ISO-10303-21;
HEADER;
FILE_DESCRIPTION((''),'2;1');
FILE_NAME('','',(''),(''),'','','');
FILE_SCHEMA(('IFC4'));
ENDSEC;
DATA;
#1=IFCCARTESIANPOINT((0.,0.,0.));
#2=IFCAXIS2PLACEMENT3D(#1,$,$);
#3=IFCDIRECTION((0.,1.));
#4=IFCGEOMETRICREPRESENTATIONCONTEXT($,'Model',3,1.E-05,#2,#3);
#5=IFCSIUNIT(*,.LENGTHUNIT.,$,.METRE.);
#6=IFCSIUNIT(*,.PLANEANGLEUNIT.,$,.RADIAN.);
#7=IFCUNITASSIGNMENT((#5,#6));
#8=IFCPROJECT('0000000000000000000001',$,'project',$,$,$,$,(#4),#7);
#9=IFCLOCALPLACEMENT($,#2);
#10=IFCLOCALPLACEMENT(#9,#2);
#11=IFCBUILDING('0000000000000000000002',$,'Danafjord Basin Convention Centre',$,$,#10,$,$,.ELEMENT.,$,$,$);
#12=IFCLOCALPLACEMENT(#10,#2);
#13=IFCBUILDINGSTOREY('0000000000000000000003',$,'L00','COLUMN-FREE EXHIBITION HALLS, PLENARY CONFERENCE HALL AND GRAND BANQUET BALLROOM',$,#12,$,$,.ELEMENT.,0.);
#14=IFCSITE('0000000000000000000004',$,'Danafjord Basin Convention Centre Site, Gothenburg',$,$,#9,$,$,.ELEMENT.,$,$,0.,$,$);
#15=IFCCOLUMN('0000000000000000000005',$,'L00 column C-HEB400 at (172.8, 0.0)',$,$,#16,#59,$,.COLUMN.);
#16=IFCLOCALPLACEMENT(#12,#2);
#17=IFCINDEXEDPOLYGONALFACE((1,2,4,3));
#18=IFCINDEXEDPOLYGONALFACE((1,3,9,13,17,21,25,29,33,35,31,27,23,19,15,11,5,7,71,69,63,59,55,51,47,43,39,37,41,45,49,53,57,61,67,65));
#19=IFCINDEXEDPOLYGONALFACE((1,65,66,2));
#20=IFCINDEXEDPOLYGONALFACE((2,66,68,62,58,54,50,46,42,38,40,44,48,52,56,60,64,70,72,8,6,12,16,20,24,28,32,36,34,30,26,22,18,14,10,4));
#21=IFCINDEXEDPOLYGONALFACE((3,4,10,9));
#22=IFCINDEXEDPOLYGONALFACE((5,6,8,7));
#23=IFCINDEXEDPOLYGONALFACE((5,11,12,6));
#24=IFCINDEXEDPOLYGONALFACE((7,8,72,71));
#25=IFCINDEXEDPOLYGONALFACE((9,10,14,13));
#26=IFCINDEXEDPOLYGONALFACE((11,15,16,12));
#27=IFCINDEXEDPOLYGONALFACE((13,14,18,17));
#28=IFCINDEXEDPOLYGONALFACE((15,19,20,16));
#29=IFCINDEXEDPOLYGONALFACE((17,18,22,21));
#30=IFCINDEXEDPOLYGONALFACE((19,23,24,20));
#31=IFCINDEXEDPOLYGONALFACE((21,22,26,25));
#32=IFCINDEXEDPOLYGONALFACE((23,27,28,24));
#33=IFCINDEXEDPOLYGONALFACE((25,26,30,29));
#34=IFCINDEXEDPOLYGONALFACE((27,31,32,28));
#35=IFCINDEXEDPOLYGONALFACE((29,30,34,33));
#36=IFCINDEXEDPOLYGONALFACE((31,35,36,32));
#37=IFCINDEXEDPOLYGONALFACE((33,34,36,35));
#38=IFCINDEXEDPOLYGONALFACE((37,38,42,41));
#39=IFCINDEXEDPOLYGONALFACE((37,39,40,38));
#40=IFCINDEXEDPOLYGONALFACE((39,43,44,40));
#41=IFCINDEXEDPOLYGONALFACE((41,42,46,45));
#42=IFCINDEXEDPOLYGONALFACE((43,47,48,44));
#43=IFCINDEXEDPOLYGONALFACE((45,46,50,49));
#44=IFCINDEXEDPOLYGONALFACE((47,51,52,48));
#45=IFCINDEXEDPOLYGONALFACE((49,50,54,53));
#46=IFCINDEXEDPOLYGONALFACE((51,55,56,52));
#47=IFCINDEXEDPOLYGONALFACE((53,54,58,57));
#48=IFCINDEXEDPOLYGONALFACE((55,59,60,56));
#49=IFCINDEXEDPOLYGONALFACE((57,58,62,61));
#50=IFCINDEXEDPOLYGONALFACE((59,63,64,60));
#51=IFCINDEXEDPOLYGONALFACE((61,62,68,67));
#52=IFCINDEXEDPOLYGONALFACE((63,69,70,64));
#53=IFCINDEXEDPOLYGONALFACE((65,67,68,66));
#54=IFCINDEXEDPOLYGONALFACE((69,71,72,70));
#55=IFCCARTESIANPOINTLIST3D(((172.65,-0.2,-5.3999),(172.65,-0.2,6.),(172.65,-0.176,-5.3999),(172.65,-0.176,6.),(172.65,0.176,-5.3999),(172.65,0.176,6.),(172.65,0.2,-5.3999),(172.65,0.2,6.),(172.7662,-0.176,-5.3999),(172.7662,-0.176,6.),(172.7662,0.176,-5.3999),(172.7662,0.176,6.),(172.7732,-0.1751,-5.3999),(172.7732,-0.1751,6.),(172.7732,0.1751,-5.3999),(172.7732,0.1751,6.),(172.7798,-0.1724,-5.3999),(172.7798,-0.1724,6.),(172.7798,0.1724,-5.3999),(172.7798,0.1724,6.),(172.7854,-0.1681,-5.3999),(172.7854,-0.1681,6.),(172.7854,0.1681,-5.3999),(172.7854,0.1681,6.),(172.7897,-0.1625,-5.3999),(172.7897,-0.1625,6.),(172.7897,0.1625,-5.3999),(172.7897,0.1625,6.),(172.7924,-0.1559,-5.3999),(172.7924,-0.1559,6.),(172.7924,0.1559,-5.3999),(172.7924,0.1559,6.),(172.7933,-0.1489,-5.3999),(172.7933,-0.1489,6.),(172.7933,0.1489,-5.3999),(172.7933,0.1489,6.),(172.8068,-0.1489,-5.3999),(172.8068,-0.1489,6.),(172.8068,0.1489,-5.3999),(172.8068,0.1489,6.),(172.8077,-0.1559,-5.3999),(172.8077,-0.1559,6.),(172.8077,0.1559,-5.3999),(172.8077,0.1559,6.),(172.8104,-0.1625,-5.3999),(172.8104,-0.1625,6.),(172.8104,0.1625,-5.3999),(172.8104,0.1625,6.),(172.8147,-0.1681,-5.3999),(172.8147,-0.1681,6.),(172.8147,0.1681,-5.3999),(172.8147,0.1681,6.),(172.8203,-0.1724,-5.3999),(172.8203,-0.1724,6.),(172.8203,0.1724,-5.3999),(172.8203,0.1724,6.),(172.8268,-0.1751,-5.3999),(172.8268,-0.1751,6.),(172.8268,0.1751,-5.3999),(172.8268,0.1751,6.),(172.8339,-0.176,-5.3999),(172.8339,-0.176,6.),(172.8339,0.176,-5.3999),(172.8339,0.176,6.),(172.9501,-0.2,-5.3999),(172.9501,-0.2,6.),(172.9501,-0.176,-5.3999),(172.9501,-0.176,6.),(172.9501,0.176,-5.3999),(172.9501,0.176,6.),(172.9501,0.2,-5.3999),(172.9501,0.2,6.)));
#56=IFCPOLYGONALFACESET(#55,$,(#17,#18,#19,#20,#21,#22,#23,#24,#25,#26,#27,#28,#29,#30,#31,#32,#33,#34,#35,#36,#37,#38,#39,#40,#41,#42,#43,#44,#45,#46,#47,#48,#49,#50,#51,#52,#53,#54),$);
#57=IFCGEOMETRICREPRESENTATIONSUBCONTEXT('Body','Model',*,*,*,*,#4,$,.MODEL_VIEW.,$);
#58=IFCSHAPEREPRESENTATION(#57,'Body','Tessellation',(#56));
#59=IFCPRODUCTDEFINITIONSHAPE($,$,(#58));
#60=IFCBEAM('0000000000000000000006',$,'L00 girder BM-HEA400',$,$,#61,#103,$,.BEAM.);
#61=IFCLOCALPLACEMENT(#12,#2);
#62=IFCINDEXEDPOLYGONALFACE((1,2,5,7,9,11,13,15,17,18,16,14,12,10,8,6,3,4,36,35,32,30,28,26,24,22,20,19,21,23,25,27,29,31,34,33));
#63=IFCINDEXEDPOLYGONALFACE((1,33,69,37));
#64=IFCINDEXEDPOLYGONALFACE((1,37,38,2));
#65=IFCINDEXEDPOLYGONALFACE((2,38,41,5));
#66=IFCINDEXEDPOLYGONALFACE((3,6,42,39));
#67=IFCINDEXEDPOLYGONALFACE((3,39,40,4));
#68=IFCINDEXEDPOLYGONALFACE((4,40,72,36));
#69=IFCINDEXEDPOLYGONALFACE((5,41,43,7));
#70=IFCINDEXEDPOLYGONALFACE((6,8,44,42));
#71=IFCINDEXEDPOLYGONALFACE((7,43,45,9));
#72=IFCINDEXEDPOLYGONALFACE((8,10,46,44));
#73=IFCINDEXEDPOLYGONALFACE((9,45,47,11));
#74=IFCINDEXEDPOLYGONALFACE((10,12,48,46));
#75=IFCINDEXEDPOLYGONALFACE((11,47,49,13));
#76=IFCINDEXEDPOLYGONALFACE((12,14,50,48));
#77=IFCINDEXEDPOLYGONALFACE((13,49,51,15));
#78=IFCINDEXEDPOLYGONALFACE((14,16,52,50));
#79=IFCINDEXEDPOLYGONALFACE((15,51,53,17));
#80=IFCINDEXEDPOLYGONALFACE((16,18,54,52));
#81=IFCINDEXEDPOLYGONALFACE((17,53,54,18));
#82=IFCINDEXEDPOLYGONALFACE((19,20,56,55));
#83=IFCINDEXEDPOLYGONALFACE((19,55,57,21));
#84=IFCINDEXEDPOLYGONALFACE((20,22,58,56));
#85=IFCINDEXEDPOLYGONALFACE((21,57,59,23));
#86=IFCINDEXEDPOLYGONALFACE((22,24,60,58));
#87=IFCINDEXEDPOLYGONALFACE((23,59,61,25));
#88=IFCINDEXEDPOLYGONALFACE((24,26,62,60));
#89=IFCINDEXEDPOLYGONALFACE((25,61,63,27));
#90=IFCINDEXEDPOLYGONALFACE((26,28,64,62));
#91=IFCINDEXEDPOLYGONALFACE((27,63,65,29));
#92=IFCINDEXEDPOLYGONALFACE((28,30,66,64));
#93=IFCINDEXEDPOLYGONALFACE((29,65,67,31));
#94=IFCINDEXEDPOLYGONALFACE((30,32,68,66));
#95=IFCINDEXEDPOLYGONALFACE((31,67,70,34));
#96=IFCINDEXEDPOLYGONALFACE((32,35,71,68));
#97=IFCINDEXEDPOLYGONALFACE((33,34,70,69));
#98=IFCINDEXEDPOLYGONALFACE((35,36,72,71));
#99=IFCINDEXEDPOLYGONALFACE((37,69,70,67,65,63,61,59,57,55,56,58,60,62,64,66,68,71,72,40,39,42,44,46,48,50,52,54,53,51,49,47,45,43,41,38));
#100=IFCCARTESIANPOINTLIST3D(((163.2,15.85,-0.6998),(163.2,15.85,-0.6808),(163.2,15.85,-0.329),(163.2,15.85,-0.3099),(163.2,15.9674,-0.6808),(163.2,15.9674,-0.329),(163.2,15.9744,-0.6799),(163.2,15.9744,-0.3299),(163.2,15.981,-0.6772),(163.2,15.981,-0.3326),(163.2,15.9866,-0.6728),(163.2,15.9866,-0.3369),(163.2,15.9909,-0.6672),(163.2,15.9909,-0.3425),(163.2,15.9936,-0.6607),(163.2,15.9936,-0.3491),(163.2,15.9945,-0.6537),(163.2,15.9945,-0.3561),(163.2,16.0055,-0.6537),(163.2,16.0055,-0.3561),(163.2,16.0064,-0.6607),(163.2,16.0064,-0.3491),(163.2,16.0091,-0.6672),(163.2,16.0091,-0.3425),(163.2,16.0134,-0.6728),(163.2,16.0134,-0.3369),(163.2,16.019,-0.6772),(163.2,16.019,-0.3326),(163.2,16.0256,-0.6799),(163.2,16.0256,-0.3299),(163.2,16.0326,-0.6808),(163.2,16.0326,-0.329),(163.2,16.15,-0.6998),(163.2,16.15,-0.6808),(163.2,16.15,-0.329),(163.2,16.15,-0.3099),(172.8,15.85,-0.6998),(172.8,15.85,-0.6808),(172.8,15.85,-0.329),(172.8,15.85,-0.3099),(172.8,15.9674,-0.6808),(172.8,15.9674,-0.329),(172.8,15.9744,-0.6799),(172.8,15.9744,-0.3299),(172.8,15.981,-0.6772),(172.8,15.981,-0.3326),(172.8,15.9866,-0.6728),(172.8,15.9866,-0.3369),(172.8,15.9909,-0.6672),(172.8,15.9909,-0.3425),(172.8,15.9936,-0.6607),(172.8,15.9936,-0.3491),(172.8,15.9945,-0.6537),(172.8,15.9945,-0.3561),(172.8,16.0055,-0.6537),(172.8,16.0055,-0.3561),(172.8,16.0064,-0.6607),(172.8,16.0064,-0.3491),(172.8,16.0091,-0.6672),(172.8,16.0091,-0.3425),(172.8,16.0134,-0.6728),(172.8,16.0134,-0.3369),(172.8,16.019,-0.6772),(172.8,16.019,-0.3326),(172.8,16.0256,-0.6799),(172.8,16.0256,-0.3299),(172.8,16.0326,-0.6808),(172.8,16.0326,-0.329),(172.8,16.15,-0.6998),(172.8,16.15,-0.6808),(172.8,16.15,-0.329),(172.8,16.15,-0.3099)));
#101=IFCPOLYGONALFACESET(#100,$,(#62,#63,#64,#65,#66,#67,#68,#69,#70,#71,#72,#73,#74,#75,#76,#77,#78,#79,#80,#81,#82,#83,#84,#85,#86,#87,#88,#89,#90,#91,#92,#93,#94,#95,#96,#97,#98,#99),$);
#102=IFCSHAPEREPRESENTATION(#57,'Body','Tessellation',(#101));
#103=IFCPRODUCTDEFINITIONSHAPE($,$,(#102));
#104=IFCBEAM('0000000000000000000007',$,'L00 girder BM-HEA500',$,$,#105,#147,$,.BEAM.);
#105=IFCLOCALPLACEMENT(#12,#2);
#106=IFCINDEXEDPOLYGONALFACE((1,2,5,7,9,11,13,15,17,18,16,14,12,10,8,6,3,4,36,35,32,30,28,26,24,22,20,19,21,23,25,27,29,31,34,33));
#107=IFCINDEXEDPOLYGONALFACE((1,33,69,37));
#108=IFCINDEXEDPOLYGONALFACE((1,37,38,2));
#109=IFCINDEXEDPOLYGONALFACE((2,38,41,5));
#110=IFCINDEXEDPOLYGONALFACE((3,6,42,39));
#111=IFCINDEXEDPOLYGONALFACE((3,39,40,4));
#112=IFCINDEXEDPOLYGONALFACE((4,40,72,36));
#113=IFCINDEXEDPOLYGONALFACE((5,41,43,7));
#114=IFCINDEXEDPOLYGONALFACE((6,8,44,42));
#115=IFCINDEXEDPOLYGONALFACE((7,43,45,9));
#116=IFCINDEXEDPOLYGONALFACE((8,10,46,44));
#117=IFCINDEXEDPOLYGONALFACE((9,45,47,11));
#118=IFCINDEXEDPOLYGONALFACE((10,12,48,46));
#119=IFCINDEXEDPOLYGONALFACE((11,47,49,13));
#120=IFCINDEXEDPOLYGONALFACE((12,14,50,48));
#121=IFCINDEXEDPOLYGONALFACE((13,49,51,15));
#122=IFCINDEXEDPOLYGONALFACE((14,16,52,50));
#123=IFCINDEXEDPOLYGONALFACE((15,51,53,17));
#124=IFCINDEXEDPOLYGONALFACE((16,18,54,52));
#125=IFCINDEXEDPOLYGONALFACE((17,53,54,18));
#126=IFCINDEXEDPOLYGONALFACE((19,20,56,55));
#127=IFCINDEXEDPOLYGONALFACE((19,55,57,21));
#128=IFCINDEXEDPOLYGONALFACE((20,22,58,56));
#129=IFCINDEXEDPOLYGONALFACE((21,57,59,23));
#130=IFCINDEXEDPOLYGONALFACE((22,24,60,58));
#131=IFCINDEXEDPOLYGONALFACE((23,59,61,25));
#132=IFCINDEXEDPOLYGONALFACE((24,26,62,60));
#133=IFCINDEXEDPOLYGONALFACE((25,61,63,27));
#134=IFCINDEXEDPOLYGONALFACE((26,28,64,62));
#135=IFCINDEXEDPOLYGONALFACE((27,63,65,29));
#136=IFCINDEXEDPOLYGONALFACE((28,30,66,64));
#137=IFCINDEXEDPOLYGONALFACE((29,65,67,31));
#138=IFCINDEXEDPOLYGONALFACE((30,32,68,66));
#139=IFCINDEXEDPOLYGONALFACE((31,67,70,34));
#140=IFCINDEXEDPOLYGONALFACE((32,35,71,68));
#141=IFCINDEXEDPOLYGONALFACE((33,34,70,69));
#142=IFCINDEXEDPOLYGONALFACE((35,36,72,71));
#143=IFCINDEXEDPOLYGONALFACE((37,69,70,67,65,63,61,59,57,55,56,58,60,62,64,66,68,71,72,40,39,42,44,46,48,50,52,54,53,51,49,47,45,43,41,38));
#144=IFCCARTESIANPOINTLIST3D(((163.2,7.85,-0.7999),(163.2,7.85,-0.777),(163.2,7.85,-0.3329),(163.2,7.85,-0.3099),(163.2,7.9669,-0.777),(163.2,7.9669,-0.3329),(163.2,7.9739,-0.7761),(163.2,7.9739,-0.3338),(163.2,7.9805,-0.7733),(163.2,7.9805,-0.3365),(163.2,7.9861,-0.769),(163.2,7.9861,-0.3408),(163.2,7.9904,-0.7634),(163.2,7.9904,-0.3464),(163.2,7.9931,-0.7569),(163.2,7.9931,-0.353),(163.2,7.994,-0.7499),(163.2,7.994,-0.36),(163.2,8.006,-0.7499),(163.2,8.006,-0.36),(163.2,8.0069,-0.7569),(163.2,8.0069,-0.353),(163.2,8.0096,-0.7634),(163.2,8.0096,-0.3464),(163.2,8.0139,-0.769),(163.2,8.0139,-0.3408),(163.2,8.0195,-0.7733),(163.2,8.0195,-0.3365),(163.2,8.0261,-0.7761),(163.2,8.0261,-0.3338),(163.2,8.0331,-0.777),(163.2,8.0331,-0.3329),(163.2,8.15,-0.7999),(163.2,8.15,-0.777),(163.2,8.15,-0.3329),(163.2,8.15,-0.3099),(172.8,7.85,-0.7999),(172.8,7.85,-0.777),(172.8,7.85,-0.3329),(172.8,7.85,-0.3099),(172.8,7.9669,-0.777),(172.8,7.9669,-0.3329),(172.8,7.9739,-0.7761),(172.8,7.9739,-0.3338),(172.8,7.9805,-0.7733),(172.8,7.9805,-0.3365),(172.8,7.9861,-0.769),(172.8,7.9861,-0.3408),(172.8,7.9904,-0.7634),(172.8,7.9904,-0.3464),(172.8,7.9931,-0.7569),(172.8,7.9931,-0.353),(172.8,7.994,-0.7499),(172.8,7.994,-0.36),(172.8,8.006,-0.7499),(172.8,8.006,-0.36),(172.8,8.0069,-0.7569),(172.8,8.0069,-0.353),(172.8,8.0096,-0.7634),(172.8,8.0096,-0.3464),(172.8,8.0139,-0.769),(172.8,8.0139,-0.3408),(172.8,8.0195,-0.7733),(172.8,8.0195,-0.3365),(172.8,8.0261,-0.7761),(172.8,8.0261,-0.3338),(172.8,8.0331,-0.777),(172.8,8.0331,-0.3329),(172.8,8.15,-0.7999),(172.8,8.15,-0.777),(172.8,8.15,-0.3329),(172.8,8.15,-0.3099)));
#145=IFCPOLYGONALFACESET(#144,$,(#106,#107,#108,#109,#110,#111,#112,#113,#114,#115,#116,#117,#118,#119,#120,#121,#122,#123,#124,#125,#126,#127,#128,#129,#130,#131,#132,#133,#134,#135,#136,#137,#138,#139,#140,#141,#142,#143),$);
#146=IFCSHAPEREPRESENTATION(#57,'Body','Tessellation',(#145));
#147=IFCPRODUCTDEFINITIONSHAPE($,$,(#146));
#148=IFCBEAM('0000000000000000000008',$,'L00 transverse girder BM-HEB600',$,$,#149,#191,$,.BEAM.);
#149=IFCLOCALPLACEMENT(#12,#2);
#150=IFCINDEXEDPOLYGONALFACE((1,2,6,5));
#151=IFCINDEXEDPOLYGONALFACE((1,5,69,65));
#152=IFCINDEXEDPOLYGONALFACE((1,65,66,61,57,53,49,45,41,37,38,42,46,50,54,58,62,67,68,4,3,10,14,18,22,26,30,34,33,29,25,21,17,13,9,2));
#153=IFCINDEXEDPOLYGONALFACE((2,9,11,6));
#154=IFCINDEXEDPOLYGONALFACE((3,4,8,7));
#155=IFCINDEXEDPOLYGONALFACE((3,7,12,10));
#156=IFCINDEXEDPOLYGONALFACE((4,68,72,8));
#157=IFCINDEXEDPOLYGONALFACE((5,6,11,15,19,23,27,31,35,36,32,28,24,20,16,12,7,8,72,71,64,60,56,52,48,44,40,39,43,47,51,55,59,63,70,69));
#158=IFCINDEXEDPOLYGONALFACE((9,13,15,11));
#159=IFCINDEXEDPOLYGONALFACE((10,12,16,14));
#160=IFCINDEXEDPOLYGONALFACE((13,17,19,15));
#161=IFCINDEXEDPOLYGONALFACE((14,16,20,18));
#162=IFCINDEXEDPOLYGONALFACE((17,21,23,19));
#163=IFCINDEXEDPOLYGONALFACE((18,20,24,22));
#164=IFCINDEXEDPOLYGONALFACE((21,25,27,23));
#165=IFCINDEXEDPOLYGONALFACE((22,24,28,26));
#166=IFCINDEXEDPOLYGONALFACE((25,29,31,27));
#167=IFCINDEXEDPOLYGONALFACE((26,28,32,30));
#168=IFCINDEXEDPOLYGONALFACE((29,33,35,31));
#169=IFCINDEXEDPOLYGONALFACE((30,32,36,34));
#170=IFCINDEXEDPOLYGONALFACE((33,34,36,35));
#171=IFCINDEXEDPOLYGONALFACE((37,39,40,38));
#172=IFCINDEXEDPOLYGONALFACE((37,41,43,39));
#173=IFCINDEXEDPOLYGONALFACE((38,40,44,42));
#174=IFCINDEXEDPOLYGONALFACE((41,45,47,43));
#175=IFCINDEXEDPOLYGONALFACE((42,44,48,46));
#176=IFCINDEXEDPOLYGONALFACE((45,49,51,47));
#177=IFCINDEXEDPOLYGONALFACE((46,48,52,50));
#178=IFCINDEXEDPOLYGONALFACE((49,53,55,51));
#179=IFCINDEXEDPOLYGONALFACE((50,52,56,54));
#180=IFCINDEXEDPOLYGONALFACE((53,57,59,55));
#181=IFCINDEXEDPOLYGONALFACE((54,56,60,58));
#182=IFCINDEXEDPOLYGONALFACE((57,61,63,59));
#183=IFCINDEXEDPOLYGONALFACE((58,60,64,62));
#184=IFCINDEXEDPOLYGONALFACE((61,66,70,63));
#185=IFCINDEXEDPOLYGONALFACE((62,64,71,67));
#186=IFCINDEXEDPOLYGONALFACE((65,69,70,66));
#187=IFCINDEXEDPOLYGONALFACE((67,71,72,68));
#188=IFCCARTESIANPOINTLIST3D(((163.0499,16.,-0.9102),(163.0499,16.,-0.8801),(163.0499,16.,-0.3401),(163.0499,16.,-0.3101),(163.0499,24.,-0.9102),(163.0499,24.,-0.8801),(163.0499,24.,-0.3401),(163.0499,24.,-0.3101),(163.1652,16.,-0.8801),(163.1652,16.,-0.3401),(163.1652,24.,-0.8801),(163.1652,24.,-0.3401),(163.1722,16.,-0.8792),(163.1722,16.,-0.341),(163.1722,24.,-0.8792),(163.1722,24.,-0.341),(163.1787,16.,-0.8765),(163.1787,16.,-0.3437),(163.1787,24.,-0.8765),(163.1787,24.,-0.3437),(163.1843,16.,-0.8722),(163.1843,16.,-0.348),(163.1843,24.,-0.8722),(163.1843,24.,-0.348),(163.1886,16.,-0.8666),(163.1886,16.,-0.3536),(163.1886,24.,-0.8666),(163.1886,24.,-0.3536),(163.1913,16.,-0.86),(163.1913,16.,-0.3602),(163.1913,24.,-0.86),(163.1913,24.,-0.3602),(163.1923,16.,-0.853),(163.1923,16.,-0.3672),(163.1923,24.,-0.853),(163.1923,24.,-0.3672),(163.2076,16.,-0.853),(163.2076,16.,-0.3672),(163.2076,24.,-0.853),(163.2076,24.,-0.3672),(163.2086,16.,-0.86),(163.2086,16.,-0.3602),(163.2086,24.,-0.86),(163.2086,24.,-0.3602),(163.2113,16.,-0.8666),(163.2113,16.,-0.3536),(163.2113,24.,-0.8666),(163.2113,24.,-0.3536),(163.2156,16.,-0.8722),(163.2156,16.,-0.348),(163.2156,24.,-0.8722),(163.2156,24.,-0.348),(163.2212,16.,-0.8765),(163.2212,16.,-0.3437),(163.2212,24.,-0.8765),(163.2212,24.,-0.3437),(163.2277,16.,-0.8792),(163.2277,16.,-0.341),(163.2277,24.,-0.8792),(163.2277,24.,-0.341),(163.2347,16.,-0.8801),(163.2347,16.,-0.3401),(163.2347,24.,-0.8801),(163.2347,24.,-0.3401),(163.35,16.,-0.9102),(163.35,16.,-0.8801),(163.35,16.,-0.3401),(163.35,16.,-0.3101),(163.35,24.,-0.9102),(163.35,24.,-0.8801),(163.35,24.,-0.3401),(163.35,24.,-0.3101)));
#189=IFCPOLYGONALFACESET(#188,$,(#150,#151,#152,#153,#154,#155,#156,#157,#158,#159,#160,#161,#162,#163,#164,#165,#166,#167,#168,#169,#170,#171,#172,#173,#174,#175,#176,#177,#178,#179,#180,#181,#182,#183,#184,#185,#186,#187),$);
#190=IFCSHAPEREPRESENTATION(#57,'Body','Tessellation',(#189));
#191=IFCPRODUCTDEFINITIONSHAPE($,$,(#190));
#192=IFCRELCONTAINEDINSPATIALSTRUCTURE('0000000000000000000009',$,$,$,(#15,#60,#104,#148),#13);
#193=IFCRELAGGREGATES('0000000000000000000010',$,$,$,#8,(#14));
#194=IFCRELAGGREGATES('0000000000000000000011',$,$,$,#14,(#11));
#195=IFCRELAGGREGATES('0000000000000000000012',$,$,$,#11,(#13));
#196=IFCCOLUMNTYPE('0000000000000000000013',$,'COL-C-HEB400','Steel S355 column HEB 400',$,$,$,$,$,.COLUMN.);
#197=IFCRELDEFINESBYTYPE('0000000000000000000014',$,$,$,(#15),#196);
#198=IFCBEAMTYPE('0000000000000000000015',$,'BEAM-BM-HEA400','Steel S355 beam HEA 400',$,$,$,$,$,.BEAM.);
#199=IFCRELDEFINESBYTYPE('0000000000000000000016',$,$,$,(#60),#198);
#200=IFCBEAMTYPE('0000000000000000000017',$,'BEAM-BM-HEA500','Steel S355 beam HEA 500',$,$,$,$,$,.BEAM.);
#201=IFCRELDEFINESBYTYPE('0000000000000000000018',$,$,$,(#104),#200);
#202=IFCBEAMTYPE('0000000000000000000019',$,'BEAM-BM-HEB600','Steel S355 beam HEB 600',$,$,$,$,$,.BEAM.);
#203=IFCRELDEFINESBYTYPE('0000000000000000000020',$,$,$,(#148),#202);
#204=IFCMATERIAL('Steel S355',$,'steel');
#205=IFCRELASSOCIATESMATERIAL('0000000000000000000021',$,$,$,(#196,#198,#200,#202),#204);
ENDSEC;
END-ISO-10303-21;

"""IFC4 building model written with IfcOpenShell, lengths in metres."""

from ifc_helpers import new_model, si_unit, direction, frame, origin, origin_2d, place, context, subcontext, project, spatial, i_section, extrude, material, material_profile, profile_set, type_object, element, save


model = new_model("IFC4")

# Units and contexts
model_context = context("Model", 3, precision=1e-05, world=origin(), true_north=direction((0.0, 1.0)))
body_context = subcontext(model_context, "Body", "Model", "MODEL_VIEW")
ifc_project = project(units=[si_unit("LENGTHUNIT", "METRE"), si_unit("PLANEANGLEUNIT", "RADIAN")], contexts=[model_context])

# Site, building, storey
site_placement = place(None, origin())
site = spatial("IfcSite", under=ifc_project, at=site_placement, Name="Danafjord Basin Convention Centre Site, Gothenburg", CompositionType="ELEMENT", RefElevation=0.0)
building_placement = place(site_placement, origin())
building = spatial("IfcBuilding", under=site, at=building_placement, Name="Danafjord Basin Convention Centre", CompositionType="ELEMENT")
storey_placement = place(building_placement, origin())
storey = spatial("IfcBuildingStorey", under=building, at=storey_placement, Name="L00", Description="COLUMN-FREE EXHIBITION HALLS, PLENARY CONFERENCE HALL AND GRAND BANQUET BALLROOM", CompositionType="ELEMENT", Elevation=0.0)

# Column
ifc_material_1 = material(Name="Steel S355", Category="steel")
ifc_material_profile_1 = material_profile(ifc_material_1, i_section(OverallWidth=0.3, OverallDepth=0.3999, WebThickness=0.0134, FlangeThickness=0.0239, FilletRadius=0.0271, at=origin_2d()), Name="HEB 400")
ifc_profile_set_1 = profile_set([ifc_material_profile_1], Name="Steel S355")
column_type_1 = type_object("IfcColumnType", Name="COL-C-HEB400", Description="Steel S355 column HEB 400", PredefinedType="COLUMN", material=ifc_profile_set_1)
column_1_placement = place(storey_placement, frame((172.8, 0.0, -5.3999), z_axis=(0.0, 0.0, 1.0), x_axis=(1.0, 0.0, 0.0)))
element("IfcColumn", 1, at=column_1_placement, inside=storey, type_object=column_type_1, Name="L00 column C-HEB400 at (172.8, 0.0)", PredefinedType="COLUMN", context=body_context, shape_type="SweptSolid", body=[
    extrude(i_section(OverallWidth=0.3, OverallDepth=0.3999, WebThickness=0.0134, FlangeThickness=0.0239, FilletRadius=0.0271, at=origin_2d()), origin(), (0.0, 0.0, 1.0), 11.3999),
])

# Beams
ifc_material_profile_2 = material_profile(ifc_material_1, i_section(OverallWidth=0.3, OverallDepth=0.3899, WebThickness=0.011, FlangeThickness=0.019, FilletRadius=0.0271, at=origin_2d()), Name="HEA 400")
ifc_profile_set_2 = profile_set([ifc_material_profile_2], Name="Steel S355")
beam_type_1 = type_object("IfcBeamType", Name="BEAM-BM-HEA400", Description="Steel S355 beam HEA 400", PredefinedType="BEAM", material=ifc_profile_set_2)
beam_1_placement = place(storey_placement, frame((163.2, 16.0, -0.5049), z_axis=(1.0, 0.0, 0.0), x_axis=(0.0, 1.0, 0.0)))
element("IfcBeam", 2, at=beam_1_placement, inside=storey, type_object=beam_type_1, Name="L00 girder BM-HEA400", PredefinedType="BEAM", context=body_context, shape_type="SweptSolid", body=[
    extrude(i_section(OverallWidth=0.3, OverallDepth=0.3899, WebThickness=0.011, FlangeThickness=0.019, FilletRadius=0.0271, at=origin_2d()), origin(), (0.0, 0.0, 1.0), 9.6001),
])
ifc_material_profile_3 = material_profile(ifc_material_1, i_section(OverallWidth=0.3, OverallDepth=0.49, WebThickness=0.012, FlangeThickness=0.0229, FilletRadius=0.0271, at=origin_2d()), Name="HEA 500")
ifc_profile_set_3 = profile_set([ifc_material_profile_3], Name="Steel S355")
beam_type_2 = type_object("IfcBeamType", Name="BEAM-BM-HEA500", Description="Steel S355 beam HEA 500", PredefinedType="BEAM", material=ifc_profile_set_3)
beam_2_placement = place(storey_placement, frame((163.2, 8.0, -0.5549), z_axis=(1.0, 0.0, 0.0), x_axis=(0.0, 1.0, 0.0)))
element("IfcBeam", 3, at=beam_2_placement, inside=storey, type_object=beam_type_2, Name="L00 girder BM-HEA500", PredefinedType="BEAM", context=body_context, shape_type="SweptSolid", body=[
    extrude(i_section(OverallWidth=0.3, OverallDepth=0.49, WebThickness=0.012, FlangeThickness=0.0229, FilletRadius=0.0271, at=origin_2d()), origin(), (0.0, 0.0, 1.0), 9.6001),
])
ifc_material_profile_4 = material_profile(ifc_material_1, i_section(OverallWidth=0.3, OverallDepth=0.6001, WebThickness=0.0154, FlangeThickness=0.03, FilletRadius=0.0271, at=origin_2d()), Name="HEB 600")
ifc_profile_set_4 = profile_set([ifc_material_profile_4], Name="Steel S355")
beam_type_3 = type_object("IfcBeamType", Name="BEAM-BM-HEB600", Description="Steel S355 beam HEB 600", PredefinedType="BEAM", material=ifc_profile_set_4)
beam_3_placement = place(storey_placement, frame((163.2, 16.0, -0.6101), z_axis=(0.0, 1.0, 0.0), x_axis=(-1.0, 0.0, 0.0)))
element("IfcBeam", 4, at=beam_3_placement, inside=storey, type_object=beam_type_3, Name="L00 transverse girder BM-HEB600", PredefinedType="BEAM", context=body_context, shape_type="SweptSolid", body=[
    extrude(i_section(OverallWidth=0.3, OverallDepth=0.6001, WebThickness=0.0154, FlangeThickness=0.03, FilletRadius=0.0271, at=origin_2d()), origin(), (0.0, 0.0, 1.0), 8.0),
])

save(model, "model.ifc")
